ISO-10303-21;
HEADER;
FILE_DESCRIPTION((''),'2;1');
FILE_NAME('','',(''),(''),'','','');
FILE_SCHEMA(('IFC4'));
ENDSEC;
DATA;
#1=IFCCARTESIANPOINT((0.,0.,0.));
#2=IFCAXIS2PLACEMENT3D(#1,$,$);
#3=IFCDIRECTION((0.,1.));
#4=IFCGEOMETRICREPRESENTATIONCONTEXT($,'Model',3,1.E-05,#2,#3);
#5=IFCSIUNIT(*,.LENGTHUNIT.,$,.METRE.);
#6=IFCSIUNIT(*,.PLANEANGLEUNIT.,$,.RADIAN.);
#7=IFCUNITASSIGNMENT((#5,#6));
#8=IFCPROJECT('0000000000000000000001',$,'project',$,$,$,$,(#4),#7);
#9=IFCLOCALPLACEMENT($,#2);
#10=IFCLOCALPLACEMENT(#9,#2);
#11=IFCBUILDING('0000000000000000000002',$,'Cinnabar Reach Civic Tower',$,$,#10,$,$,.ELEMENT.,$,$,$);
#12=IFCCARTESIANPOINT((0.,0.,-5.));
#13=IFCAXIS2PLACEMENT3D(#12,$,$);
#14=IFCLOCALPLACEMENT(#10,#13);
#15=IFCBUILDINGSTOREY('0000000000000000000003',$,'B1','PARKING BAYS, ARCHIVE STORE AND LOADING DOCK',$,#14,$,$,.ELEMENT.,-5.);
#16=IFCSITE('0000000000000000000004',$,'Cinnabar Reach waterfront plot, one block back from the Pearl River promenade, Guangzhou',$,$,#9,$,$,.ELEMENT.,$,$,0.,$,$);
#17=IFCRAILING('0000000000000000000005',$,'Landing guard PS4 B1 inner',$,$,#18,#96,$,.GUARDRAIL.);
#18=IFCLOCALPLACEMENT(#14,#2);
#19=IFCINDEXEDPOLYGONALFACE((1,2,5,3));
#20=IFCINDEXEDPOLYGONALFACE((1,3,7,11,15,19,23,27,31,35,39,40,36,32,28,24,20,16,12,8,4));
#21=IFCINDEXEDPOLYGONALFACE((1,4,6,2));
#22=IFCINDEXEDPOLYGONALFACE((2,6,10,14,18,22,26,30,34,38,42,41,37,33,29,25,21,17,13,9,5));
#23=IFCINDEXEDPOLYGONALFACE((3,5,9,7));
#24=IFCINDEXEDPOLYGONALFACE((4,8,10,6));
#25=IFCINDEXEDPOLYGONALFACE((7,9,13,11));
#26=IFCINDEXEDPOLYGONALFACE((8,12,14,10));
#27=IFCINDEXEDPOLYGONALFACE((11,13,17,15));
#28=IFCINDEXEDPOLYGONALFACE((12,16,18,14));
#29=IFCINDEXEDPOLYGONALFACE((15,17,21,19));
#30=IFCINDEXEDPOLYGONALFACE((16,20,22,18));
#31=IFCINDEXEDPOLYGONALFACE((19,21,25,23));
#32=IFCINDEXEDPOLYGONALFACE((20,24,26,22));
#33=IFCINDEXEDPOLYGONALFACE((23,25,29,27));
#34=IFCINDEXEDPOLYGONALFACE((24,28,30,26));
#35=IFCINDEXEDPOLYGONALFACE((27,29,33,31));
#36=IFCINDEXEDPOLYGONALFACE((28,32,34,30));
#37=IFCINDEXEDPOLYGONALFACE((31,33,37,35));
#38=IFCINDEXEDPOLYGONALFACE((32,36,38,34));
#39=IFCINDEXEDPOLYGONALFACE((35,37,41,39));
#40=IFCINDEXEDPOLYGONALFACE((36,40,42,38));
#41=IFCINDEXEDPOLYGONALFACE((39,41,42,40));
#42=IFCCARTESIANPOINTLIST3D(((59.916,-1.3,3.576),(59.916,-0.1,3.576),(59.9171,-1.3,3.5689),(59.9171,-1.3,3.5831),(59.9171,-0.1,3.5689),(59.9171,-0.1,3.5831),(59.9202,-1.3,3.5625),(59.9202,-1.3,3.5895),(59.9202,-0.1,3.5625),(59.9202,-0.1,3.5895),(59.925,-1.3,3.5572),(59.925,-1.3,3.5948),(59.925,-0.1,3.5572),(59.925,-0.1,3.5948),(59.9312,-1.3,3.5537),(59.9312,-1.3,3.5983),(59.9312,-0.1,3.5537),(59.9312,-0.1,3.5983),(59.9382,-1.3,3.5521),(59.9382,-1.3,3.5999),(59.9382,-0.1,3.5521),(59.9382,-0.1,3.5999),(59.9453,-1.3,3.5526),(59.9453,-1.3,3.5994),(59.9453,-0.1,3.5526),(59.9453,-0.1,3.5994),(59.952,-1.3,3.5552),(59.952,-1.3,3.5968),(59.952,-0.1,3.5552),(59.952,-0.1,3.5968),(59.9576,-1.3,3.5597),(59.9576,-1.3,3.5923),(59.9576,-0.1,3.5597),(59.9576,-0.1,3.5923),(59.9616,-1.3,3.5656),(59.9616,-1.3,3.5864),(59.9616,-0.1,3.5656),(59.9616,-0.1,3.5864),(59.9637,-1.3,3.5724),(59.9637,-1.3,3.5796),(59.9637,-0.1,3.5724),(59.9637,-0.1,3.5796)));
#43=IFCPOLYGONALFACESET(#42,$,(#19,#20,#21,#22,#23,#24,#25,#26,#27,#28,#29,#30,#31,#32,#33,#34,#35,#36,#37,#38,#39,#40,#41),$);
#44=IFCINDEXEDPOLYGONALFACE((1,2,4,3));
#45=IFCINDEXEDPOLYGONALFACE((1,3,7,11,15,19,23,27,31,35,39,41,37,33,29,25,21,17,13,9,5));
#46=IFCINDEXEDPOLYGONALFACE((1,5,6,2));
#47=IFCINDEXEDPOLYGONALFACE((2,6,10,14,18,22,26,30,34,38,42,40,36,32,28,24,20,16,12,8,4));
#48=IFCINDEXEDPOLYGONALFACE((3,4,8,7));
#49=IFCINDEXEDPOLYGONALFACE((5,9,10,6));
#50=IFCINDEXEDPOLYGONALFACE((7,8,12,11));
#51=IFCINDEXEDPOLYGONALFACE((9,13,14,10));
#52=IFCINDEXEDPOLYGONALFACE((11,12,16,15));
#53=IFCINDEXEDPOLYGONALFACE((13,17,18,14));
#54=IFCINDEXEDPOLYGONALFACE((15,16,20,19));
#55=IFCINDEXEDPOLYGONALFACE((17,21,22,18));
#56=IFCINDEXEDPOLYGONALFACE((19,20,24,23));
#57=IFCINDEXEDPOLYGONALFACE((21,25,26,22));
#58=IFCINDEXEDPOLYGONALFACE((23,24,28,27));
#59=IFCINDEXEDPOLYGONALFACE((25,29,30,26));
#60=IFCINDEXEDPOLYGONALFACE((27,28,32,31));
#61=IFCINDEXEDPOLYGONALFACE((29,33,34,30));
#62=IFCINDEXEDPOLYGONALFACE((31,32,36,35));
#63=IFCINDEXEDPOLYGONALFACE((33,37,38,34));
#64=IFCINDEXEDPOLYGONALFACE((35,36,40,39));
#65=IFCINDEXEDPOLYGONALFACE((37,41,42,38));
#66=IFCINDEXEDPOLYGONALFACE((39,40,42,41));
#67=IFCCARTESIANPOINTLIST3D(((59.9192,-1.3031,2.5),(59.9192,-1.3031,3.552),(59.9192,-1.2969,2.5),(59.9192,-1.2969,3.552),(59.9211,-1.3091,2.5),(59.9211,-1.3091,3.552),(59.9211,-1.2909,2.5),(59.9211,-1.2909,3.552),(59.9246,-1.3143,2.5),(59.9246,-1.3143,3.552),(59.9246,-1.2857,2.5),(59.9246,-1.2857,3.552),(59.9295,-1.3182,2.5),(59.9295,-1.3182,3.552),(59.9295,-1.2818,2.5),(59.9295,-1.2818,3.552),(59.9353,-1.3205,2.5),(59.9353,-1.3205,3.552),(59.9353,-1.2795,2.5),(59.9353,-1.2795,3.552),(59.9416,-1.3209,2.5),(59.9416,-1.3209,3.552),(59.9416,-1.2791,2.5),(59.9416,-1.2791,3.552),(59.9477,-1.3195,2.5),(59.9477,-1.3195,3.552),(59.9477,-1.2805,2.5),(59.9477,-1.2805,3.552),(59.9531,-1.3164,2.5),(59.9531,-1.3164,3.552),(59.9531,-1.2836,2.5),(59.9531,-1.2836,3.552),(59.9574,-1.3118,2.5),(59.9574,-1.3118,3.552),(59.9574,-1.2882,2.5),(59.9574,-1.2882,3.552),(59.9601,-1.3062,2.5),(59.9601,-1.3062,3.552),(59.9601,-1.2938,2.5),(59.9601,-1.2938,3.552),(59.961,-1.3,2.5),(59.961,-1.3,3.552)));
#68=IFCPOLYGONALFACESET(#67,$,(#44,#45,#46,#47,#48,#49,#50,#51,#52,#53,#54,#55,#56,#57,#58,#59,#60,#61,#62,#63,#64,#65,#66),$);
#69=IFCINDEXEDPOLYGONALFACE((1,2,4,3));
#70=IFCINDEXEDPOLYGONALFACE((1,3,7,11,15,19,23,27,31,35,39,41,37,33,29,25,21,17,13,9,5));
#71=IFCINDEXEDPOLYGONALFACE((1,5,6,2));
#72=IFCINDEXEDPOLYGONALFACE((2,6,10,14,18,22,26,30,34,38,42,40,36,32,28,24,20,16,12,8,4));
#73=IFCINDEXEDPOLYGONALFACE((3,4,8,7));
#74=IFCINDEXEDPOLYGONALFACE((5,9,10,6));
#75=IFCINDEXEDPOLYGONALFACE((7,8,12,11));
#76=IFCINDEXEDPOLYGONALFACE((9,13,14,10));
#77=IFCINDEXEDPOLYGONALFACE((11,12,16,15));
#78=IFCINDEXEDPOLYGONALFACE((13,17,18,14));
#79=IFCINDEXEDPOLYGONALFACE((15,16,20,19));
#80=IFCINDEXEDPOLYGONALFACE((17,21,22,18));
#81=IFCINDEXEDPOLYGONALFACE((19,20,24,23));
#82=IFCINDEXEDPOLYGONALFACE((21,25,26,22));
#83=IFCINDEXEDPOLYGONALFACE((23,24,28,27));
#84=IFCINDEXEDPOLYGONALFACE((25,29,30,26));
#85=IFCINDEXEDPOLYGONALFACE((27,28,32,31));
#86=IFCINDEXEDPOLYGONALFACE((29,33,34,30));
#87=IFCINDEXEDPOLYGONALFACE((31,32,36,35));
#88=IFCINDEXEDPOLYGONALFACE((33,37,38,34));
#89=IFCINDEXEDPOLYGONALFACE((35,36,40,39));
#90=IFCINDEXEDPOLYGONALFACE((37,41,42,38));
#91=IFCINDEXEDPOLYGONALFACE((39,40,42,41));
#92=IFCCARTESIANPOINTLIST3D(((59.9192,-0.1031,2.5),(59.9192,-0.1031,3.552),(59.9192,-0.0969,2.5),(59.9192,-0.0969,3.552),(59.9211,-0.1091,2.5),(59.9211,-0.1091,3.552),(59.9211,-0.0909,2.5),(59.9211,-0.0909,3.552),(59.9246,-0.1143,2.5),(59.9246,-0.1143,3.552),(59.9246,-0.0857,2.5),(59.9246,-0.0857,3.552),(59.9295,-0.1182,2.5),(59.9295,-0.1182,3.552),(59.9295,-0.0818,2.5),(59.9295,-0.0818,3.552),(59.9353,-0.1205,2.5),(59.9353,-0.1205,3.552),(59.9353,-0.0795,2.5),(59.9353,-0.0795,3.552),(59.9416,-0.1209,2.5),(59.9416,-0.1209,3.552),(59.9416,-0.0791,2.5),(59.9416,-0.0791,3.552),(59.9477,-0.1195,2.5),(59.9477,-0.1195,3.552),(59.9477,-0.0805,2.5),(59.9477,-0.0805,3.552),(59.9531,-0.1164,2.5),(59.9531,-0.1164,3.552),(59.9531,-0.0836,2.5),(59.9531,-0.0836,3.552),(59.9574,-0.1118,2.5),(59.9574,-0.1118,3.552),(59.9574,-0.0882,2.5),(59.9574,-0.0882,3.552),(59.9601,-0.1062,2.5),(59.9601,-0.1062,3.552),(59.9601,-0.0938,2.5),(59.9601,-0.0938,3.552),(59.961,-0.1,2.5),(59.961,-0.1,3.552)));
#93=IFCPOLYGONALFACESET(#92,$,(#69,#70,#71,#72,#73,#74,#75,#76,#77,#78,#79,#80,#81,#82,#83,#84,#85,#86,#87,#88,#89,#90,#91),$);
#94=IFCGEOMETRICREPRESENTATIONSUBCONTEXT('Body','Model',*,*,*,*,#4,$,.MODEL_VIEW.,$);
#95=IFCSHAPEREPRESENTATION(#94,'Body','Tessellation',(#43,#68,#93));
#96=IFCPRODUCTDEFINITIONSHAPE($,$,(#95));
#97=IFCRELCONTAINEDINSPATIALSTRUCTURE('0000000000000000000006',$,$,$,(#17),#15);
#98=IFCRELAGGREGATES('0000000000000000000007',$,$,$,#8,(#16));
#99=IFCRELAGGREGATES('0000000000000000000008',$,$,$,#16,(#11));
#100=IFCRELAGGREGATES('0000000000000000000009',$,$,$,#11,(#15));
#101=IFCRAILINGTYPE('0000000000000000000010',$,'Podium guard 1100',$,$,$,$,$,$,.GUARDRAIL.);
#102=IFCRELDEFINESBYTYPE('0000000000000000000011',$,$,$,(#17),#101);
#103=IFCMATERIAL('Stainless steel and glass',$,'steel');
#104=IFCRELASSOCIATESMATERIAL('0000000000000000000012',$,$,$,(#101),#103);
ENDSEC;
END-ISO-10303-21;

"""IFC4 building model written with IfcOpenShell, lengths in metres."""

from ifc_helpers import new_model, si_unit, direction, frame, origin, origin_2d, place, context, subcontext, project, spatial, circle, extrude, material, type_object, element, save


model = new_model("IFC4")

# Units and contexts
model_context = context("Model", 3, precision=1e-05, world=origin(), true_north=direction((0.0, 1.0)))
body_context = subcontext(model_context, "Body", "Model", "MODEL_VIEW")
ifc_project = project(units=[si_unit("LENGTHUNIT", "METRE"), si_unit("PLANEANGLEUNIT", "RADIAN")], contexts=[model_context])

# Site, building, storey
site_placement = place(None, origin())
site = spatial("IfcSite", under=ifc_project, at=site_placement, Name="Cinnabar Reach waterfront plot, one block back from the Pearl River promenade, Guangzhou", CompositionType="ELEMENT", RefElevation=0.0)
building_placement = place(site_placement, origin())
building = spatial("IfcBuilding", under=site, at=building_placement, Name="Cinnabar Reach Civic Tower", CompositionType="ELEMENT")
storey_placement = place(building_placement, frame((0.0, 0.0, -5.0)))
storey = spatial("IfcBuildingStorey", under=building, at=storey_placement, Name="B1", Description="PARKING BAYS, ARCHIVE STORE AND LOADING DOCK", CompositionType="ELEMENT", Elevation=-5.0)

# Railing
ifc_material_1 = material(Name="Stainless steel and glass", Category="steel")
railing_type_1 = type_object("IfcRailingType", Name="Podium guard 1100", PredefinedType="GUARDRAIL", material=ifc_material_1)
railing_1_placement = place(storey_placement, frame((59.94, -1.3, 2.5)))
element("IfcRailing", 1, at=railing_1_placement, inside=storey, type_object=railing_type_1, Name="Landing guard PS4 B1 inner", PredefinedType="GUARDRAIL", context=body_context, shape_type="SweptSolid", body=[
    extrude(circle(Radius=0.024, at=origin_2d()), frame((0.0, 0.0, 1.076), z_axis=(0.0, 1.0, 0.0), x_axis=(-1.0, 0.0, 0.0)), (0.0, 0.0, 1.0), 1.2),
    extrude(circle(Radius=0.021, at=origin_2d()), origin(), (0.0, 0.0, 1.0), 1.052),
    extrude(circle(Radius=0.021, at=origin_2d()), frame((0.0, 1.2, 0.0)), (0.0, 0.0, 1.0), 1.052),
])

save(model, "model.ifc")
